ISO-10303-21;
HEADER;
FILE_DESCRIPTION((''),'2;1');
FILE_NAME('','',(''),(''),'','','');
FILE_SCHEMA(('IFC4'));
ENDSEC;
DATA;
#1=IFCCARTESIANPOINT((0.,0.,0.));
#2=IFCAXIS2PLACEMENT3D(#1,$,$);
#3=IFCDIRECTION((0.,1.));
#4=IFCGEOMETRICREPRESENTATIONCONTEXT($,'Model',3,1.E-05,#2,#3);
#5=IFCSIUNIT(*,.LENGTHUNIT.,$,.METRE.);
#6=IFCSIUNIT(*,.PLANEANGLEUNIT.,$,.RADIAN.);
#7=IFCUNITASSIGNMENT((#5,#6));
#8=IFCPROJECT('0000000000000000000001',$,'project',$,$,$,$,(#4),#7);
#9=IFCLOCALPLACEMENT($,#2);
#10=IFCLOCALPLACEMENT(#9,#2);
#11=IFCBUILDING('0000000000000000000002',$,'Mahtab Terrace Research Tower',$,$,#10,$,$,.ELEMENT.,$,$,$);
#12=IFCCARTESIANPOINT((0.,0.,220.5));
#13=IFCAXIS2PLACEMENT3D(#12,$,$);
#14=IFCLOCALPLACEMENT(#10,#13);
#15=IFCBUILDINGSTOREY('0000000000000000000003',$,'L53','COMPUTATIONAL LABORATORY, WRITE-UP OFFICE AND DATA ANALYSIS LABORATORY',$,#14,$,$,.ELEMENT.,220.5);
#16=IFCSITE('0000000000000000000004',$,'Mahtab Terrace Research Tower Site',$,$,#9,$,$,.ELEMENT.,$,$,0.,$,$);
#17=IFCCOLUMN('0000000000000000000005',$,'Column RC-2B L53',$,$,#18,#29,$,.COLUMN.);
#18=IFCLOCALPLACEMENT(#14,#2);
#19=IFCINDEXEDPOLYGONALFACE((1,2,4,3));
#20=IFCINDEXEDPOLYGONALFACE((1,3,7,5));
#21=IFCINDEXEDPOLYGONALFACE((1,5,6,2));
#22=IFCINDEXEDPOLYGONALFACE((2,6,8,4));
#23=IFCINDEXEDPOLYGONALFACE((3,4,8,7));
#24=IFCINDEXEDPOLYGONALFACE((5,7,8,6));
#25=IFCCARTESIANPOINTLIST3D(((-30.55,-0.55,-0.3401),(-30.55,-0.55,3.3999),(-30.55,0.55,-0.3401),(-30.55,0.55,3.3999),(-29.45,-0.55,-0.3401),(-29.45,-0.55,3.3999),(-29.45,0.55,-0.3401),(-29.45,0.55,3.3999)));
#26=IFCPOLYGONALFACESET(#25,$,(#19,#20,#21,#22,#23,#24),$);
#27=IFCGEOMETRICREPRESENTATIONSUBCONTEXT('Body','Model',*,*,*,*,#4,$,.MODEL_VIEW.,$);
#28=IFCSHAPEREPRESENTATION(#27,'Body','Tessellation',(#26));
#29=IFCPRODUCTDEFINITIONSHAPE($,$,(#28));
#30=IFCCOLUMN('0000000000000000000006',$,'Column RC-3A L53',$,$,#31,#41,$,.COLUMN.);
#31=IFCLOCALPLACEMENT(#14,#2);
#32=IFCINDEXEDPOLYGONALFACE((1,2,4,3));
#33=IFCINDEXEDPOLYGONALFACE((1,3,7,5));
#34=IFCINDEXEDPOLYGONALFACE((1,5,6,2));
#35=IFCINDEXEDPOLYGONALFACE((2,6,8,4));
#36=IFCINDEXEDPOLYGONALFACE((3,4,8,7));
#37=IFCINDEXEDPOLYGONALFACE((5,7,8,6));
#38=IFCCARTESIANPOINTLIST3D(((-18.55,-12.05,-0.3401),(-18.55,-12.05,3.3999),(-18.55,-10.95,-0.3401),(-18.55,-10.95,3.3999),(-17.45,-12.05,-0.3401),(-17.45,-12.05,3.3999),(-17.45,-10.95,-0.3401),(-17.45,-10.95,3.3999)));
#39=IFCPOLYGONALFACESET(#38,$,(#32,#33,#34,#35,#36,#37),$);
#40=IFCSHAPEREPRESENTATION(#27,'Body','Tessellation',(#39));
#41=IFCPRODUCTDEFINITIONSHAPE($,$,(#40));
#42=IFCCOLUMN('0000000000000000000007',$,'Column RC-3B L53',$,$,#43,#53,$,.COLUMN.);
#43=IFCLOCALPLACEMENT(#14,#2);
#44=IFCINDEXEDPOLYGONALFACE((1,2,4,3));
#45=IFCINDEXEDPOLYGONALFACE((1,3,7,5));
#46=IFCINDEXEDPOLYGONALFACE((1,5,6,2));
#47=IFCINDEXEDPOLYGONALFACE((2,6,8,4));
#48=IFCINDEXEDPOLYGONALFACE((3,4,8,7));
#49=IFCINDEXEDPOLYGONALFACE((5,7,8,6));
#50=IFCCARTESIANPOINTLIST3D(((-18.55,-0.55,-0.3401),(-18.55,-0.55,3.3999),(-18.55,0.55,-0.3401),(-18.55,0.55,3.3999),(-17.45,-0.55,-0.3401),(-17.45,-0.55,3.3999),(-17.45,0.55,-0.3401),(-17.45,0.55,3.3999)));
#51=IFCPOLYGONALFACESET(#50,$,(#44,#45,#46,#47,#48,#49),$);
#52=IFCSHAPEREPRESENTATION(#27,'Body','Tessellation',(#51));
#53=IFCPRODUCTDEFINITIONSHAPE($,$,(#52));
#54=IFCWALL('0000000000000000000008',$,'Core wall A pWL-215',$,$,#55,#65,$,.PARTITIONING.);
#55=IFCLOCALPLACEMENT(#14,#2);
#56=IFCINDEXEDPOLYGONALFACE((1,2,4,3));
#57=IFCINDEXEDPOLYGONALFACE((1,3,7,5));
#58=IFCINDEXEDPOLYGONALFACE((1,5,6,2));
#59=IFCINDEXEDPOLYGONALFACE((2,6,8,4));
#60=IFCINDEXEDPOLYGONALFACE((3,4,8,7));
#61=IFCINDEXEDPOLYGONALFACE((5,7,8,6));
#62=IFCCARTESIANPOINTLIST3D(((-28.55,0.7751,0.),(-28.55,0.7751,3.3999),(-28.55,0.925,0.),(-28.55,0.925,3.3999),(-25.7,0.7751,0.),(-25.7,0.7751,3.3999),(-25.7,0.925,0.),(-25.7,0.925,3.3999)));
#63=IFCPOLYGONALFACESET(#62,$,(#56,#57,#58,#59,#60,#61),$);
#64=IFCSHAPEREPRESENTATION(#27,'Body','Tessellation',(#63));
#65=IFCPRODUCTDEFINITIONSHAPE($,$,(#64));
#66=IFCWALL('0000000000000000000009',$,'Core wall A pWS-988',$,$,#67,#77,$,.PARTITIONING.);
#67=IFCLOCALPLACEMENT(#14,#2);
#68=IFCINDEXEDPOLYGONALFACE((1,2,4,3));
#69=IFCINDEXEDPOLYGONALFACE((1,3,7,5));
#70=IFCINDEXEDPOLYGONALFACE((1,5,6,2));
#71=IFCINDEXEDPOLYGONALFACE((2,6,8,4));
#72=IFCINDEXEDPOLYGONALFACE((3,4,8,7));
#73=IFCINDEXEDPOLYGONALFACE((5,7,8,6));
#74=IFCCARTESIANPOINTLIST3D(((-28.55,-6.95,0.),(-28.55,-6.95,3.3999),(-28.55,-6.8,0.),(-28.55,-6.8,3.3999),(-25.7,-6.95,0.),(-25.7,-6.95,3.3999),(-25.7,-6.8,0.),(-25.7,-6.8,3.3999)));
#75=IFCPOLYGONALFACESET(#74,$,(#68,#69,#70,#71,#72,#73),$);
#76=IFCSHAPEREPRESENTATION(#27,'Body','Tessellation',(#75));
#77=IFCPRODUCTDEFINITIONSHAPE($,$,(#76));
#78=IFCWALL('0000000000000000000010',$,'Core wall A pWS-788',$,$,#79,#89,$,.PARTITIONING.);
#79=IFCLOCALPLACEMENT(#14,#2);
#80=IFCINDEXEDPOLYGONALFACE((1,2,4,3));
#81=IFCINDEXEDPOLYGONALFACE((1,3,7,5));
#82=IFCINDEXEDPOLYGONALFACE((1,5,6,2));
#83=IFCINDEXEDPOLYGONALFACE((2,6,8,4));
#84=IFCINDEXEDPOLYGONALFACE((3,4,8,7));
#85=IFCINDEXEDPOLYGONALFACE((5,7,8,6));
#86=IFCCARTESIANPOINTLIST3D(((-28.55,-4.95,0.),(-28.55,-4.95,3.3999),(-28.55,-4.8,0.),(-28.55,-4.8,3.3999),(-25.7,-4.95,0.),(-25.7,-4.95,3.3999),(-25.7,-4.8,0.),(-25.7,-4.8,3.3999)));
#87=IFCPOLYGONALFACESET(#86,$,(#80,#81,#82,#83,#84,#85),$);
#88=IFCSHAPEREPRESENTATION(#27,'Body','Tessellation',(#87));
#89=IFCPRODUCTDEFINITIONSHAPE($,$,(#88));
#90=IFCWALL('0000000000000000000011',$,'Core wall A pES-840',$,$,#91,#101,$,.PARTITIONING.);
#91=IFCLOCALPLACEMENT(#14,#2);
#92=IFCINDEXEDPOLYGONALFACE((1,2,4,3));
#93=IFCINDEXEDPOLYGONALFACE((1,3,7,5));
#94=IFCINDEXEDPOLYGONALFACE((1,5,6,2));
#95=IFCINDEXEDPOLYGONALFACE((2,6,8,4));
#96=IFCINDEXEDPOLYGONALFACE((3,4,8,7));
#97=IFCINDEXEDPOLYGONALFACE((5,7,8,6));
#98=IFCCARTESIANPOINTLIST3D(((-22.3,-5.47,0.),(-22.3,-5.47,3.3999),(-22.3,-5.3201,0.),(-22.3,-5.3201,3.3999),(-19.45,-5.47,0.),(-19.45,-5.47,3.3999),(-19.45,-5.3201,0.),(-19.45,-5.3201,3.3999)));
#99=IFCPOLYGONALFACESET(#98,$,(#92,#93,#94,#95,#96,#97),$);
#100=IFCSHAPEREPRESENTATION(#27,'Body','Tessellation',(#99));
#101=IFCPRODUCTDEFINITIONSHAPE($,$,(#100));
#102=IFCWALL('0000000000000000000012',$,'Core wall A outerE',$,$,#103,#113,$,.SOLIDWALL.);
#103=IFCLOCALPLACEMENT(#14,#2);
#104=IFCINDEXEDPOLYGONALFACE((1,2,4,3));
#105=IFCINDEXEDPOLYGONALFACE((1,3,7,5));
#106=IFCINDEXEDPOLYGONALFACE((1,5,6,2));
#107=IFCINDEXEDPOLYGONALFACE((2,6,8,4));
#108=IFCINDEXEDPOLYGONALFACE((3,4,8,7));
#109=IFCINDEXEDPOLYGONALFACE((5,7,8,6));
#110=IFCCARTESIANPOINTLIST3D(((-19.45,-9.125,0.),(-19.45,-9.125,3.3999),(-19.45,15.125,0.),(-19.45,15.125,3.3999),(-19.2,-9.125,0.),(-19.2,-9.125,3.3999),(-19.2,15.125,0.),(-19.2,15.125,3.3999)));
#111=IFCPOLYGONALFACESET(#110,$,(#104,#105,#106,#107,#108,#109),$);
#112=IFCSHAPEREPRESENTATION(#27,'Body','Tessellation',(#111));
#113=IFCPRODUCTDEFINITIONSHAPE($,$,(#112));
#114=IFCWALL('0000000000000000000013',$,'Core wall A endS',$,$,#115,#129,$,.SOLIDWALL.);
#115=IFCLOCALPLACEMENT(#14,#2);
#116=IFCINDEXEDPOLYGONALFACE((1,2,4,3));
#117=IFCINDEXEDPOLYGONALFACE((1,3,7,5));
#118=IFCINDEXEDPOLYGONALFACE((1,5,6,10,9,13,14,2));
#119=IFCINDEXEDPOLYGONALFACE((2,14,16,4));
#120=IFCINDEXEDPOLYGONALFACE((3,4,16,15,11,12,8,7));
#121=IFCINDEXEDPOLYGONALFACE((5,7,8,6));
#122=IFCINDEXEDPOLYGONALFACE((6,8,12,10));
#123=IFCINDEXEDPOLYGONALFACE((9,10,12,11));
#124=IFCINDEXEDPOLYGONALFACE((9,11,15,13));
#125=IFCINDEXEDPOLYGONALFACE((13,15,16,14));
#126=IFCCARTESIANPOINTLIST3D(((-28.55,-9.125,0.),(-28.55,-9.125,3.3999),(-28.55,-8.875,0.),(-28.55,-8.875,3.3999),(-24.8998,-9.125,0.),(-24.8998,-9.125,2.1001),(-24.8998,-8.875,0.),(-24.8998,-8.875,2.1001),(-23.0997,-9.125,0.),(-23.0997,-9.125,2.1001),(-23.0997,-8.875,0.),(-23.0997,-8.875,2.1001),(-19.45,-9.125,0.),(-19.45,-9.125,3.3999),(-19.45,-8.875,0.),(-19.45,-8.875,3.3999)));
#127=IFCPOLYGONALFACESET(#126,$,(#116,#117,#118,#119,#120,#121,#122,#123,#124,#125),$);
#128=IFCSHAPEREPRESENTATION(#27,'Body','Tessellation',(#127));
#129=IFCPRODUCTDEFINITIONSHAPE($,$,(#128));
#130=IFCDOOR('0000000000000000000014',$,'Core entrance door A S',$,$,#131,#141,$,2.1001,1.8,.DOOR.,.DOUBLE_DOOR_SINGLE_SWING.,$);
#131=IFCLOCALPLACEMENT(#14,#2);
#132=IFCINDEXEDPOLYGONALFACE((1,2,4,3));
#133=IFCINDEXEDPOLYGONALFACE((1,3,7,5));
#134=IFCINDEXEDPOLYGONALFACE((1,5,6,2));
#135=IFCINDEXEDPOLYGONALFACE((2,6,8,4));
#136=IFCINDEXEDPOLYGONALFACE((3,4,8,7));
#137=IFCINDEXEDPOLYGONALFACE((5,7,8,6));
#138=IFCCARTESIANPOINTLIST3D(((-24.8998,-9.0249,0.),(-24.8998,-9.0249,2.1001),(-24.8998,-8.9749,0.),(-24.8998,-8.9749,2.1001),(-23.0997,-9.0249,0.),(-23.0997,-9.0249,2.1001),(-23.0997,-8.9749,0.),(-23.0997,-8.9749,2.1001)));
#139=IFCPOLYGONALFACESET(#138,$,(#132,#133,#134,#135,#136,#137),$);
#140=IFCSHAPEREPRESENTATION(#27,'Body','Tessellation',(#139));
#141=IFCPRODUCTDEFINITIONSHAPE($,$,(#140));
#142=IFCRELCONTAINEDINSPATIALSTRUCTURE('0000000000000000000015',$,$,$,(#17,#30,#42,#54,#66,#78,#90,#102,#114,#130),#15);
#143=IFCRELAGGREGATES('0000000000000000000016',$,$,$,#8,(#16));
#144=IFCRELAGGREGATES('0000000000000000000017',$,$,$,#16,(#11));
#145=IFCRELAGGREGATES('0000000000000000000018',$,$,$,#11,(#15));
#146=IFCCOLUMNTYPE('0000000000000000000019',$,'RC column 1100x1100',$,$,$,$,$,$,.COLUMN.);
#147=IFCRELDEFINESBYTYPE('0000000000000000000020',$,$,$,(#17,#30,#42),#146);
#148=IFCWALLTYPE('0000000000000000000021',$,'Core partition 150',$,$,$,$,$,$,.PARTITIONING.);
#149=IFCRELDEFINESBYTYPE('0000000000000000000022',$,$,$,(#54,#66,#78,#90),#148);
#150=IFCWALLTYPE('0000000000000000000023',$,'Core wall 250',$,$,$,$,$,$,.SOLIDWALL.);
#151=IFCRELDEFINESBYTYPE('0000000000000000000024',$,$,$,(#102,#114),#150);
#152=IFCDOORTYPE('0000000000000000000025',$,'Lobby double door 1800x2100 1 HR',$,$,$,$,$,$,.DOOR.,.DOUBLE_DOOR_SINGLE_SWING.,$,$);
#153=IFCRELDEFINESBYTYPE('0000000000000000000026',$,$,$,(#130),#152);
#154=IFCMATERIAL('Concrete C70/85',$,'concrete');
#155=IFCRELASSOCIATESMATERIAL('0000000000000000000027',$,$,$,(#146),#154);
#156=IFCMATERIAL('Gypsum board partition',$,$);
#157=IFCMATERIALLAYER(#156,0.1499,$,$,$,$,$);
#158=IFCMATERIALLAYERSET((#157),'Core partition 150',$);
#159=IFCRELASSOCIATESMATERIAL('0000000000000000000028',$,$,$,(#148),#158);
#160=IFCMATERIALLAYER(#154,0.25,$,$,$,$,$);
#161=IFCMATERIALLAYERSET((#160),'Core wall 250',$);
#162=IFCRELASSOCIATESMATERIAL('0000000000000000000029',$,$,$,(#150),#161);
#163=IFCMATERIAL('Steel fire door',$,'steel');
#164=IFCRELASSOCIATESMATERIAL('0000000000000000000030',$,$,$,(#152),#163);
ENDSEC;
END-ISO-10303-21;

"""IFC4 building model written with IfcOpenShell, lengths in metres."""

from ifc_helpers import new_model, si_unit, direction, frame, frame_2d, origin, origin_2d, place, context, subcontext, project, spatial, rectangle, extrude, material, layer, layer_set, material_profile, profile_set, type_object, element, fill, save


model = new_model("IFC4")

# Units and contexts
model_context = context("Model", 3, precision=1e-05, world=origin(), true_north=direction((0.0, 1.0)))
body_context = subcontext(model_context, "Body", "Model", "MODEL_VIEW")
ifc_project = project(units=[si_unit("LENGTHUNIT", "METRE"), si_unit("PLANEANGLEUNIT", "RADIAN")], contexts=[model_context])

# Site, building, storey
site_placement = place(None, origin())
site = spatial("IfcSite", under=ifc_project, at=site_placement, Name="Mahtab Terrace Research Tower Site", CompositionType="ELEMENT", RefElevation=0.0)
building_placement = place(site_placement, origin())
building = spatial("IfcBuilding", under=site, at=building_placement, Name="Mahtab Terrace Research Tower", CompositionType="ELEMENT")
storey_placement = place(building_placement, frame((0.0, 0.0, 220.5)))
storey = spatial("IfcBuildingStorey", under=building, at=storey_placement, Name="L53", Description="COMPUTATIONAL LABORATORY, WRITE-UP OFFICE AND DATA ANALYSIS LABORATORY", CompositionType="ELEMENT", Elevation=220.5)

# Columns
ifc_material_1 = material(Name="Concrete C70/85", Category="concrete")
ifc_material_profile = material_profile(ifc_material_1, rectangle(XDim=1.1001, YDim=1.1001, at=origin_2d()), Name="RC column 1100x1100")
ifc_profile_set = profile_set([ifc_material_profile], Name="Concrete C70/85")
column_type = type_object("IfcColumnType", Name="RC column 1100x1100", PredefinedType="COLUMN", material=ifc_profile_set)
for number, where, z_axis, x_axis, name in (
    (1, (-30.0, 0.0, -0.3401), (0.0, 0.0, 1.0), (1.0, 0.0, 0.0), "Column RC-2B L53"),
    (2, (-18.0, -11.5, -0.3401), (0.0, 0.0, 1.0), (1.0, 0.0, 0.0), "Column RC-3A L53"),
    (3, (-18.0, 0.0, -0.3401), (0.0, 0.0, 1.0), (1.0, 0.0, 0.0), "Column RC-3B L53"),
):
    element("IfcColumn", number, at=place(storey_placement, frame(where, z_axis=z_axis, x_axis=x_axis)), inside=storey, type_object=column_type, Name=name, PredefinedType="COLUMN", context=body_context, shape_type="SweptSolid", body=[
        extrude(rectangle(XDim=1.1001, YDim=1.1001, at=origin_2d()), origin(), (0.0, 0.0, 1.0), 3.74),
    ])

# Walls
ifc_material_2 = material(Name="Gypsum board partition")
ifc_layer_1 = layer(ifc_material_2, 0.1499)
ifc_layer_set_1 = layer_set([ifc_layer_1], Name="Core partition 150")
wall_type_1 = type_object("IfcWallType", Name="Core partition 150", PredefinedType="PARTITIONING", material=ifc_layer_set_1)
for number, where, z_axis, x_axis, name in (
    (4, (-28.55, 0.8501, 0.0), (0.0, 0.0, 1.0), (1.0, 0.0, 0.0), "Core wall A pWL-215"),
    (5, (-28.55, -6.875, 0.0), (0.0, 0.0, 1.0), (1.0, 0.0, 0.0), "Core wall A pWS-988"),
    (6, (-28.55, -4.875, 0.0), (0.0, 0.0, 1.0), (1.0, 0.0, 0.0), "Core wall A pWS-788"),
    (7, (-22.3, -5.395, 0.0), (0.0, 0.0, 1.0), (1.0, 0.0, 0.0), "Core wall A pES-840"),
):
    element("IfcWall", number, at=place(storey_placement, frame(where, z_axis=z_axis, x_axis=x_axis)), inside=storey, type_object=wall_type_1, Name=name, PredefinedType="PARTITIONING", context=body_context, shape_type="SweptSolid", body=[
        extrude(rectangle(XDim=2.8501, YDim=0.1499, at=frame_2d((1.425, 0.0))), origin(), (0.0, 0.0, 1.0), 3.3999),
    ])
ifc_layer_2 = layer(ifc_material_1, 0.25)
ifc_layer_set_2 = layer_set([ifc_layer_2], Name="Core wall 250")
wall_type_2 = type_object("IfcWallType", Name="Core wall 250", PredefinedType="SOLIDWALL", material=ifc_layer_set_2)
wall_1_placement = place(storey_placement, frame((-19.325, -9.125, 0.0), z_axis=(0.0, 0.0, 1.0), x_axis=(0.0, 1.0, 0.0)))
element("IfcWall", 8, at=wall_1_placement, inside=storey, type_object=wall_type_2, Name="Core wall A outerE", PredefinedType="SOLIDWALL", context=body_context, shape_type="SweptSolid", body=[
    extrude(rectangle(XDim=24.25, YDim=0.25, at=frame_2d((12.125, 0.0))), origin(), (0.0, 0.0, 1.0), 3.3999),
])

# Wall, opening, door
wall_2_placement = place(storey_placement, frame((-19.45, -9.0, 0.0), z_axis=(0.0, 0.0, 1.0), x_axis=(-1.0, 0.0, 0.0)))
wall_2 = element("IfcWall", 9, at=wall_2_placement, inside=storey, type_object=wall_type_2, Name="Core wall A endS", PredefinedType="SOLIDWALL", context=body_context, shape_type="SweptSolid", body=[
    extrude(rectangle(XDim=9.1001, YDim=0.25, at=frame_2d((4.55, 0.0))), origin(), (0.0, 0.0, 1.0), 3.3999),
])
opening_1_placement = place(wall_2_placement, frame((3.6499, 0.0, 0.0)))
opening_1 = element("IfcOpeningElement", 10, at=opening_1_placement, cuts=wall_2, PredefinedType="OPENING", context=body_context, shape_type="SweptSolid", body=[
    extrude(rectangle(XDim=1.8, YDim=2.1001, at=frame_2d((0.8999, 1.05))), frame((0.0, 0.135, 0.0), z_axis=(0.0, -1.0, 0.0), x_axis=(1.0, 0.0, 0.0)), (0.0, 0.0, 1.0), 0.27),
])
ifc_material_3 = material(Name="Steel fire door", Category="steel")
door_type_1 = type_object("IfcDoorType", Name="Lobby double door 1800x2100 1 HR", OperationType="DOUBLE_DOOR_SINGLE_SWING", PredefinedType="DOOR", material=ifc_material_3)
door_1_placement = place(opening_1_placement, origin())
door_1 = element("IfcDoor", 11, at=door_1_placement, inside=storey, type_object=door_type_1, Name="Core entrance door A S", OperationType="DOUBLE_DOOR_SINGLE_SWING", OverallHeight=2.1001, OverallWidth=1.8, PredefinedType="DOOR", context=body_context, shape_type="SweptSolid", body=[
    extrude(rectangle(XDim=1.8, YDim=2.1001, at=frame_2d((0.8999, 1.05))), frame((0.0, 0.0249, 0.0), z_axis=(0.0, -1.0, 0.0), x_axis=(1.0, 0.0, 0.0)), (0.0, 0.0, 1.0), 0.05),
])
fill(opening_1, door_1)

save(model, "model.ifc")
